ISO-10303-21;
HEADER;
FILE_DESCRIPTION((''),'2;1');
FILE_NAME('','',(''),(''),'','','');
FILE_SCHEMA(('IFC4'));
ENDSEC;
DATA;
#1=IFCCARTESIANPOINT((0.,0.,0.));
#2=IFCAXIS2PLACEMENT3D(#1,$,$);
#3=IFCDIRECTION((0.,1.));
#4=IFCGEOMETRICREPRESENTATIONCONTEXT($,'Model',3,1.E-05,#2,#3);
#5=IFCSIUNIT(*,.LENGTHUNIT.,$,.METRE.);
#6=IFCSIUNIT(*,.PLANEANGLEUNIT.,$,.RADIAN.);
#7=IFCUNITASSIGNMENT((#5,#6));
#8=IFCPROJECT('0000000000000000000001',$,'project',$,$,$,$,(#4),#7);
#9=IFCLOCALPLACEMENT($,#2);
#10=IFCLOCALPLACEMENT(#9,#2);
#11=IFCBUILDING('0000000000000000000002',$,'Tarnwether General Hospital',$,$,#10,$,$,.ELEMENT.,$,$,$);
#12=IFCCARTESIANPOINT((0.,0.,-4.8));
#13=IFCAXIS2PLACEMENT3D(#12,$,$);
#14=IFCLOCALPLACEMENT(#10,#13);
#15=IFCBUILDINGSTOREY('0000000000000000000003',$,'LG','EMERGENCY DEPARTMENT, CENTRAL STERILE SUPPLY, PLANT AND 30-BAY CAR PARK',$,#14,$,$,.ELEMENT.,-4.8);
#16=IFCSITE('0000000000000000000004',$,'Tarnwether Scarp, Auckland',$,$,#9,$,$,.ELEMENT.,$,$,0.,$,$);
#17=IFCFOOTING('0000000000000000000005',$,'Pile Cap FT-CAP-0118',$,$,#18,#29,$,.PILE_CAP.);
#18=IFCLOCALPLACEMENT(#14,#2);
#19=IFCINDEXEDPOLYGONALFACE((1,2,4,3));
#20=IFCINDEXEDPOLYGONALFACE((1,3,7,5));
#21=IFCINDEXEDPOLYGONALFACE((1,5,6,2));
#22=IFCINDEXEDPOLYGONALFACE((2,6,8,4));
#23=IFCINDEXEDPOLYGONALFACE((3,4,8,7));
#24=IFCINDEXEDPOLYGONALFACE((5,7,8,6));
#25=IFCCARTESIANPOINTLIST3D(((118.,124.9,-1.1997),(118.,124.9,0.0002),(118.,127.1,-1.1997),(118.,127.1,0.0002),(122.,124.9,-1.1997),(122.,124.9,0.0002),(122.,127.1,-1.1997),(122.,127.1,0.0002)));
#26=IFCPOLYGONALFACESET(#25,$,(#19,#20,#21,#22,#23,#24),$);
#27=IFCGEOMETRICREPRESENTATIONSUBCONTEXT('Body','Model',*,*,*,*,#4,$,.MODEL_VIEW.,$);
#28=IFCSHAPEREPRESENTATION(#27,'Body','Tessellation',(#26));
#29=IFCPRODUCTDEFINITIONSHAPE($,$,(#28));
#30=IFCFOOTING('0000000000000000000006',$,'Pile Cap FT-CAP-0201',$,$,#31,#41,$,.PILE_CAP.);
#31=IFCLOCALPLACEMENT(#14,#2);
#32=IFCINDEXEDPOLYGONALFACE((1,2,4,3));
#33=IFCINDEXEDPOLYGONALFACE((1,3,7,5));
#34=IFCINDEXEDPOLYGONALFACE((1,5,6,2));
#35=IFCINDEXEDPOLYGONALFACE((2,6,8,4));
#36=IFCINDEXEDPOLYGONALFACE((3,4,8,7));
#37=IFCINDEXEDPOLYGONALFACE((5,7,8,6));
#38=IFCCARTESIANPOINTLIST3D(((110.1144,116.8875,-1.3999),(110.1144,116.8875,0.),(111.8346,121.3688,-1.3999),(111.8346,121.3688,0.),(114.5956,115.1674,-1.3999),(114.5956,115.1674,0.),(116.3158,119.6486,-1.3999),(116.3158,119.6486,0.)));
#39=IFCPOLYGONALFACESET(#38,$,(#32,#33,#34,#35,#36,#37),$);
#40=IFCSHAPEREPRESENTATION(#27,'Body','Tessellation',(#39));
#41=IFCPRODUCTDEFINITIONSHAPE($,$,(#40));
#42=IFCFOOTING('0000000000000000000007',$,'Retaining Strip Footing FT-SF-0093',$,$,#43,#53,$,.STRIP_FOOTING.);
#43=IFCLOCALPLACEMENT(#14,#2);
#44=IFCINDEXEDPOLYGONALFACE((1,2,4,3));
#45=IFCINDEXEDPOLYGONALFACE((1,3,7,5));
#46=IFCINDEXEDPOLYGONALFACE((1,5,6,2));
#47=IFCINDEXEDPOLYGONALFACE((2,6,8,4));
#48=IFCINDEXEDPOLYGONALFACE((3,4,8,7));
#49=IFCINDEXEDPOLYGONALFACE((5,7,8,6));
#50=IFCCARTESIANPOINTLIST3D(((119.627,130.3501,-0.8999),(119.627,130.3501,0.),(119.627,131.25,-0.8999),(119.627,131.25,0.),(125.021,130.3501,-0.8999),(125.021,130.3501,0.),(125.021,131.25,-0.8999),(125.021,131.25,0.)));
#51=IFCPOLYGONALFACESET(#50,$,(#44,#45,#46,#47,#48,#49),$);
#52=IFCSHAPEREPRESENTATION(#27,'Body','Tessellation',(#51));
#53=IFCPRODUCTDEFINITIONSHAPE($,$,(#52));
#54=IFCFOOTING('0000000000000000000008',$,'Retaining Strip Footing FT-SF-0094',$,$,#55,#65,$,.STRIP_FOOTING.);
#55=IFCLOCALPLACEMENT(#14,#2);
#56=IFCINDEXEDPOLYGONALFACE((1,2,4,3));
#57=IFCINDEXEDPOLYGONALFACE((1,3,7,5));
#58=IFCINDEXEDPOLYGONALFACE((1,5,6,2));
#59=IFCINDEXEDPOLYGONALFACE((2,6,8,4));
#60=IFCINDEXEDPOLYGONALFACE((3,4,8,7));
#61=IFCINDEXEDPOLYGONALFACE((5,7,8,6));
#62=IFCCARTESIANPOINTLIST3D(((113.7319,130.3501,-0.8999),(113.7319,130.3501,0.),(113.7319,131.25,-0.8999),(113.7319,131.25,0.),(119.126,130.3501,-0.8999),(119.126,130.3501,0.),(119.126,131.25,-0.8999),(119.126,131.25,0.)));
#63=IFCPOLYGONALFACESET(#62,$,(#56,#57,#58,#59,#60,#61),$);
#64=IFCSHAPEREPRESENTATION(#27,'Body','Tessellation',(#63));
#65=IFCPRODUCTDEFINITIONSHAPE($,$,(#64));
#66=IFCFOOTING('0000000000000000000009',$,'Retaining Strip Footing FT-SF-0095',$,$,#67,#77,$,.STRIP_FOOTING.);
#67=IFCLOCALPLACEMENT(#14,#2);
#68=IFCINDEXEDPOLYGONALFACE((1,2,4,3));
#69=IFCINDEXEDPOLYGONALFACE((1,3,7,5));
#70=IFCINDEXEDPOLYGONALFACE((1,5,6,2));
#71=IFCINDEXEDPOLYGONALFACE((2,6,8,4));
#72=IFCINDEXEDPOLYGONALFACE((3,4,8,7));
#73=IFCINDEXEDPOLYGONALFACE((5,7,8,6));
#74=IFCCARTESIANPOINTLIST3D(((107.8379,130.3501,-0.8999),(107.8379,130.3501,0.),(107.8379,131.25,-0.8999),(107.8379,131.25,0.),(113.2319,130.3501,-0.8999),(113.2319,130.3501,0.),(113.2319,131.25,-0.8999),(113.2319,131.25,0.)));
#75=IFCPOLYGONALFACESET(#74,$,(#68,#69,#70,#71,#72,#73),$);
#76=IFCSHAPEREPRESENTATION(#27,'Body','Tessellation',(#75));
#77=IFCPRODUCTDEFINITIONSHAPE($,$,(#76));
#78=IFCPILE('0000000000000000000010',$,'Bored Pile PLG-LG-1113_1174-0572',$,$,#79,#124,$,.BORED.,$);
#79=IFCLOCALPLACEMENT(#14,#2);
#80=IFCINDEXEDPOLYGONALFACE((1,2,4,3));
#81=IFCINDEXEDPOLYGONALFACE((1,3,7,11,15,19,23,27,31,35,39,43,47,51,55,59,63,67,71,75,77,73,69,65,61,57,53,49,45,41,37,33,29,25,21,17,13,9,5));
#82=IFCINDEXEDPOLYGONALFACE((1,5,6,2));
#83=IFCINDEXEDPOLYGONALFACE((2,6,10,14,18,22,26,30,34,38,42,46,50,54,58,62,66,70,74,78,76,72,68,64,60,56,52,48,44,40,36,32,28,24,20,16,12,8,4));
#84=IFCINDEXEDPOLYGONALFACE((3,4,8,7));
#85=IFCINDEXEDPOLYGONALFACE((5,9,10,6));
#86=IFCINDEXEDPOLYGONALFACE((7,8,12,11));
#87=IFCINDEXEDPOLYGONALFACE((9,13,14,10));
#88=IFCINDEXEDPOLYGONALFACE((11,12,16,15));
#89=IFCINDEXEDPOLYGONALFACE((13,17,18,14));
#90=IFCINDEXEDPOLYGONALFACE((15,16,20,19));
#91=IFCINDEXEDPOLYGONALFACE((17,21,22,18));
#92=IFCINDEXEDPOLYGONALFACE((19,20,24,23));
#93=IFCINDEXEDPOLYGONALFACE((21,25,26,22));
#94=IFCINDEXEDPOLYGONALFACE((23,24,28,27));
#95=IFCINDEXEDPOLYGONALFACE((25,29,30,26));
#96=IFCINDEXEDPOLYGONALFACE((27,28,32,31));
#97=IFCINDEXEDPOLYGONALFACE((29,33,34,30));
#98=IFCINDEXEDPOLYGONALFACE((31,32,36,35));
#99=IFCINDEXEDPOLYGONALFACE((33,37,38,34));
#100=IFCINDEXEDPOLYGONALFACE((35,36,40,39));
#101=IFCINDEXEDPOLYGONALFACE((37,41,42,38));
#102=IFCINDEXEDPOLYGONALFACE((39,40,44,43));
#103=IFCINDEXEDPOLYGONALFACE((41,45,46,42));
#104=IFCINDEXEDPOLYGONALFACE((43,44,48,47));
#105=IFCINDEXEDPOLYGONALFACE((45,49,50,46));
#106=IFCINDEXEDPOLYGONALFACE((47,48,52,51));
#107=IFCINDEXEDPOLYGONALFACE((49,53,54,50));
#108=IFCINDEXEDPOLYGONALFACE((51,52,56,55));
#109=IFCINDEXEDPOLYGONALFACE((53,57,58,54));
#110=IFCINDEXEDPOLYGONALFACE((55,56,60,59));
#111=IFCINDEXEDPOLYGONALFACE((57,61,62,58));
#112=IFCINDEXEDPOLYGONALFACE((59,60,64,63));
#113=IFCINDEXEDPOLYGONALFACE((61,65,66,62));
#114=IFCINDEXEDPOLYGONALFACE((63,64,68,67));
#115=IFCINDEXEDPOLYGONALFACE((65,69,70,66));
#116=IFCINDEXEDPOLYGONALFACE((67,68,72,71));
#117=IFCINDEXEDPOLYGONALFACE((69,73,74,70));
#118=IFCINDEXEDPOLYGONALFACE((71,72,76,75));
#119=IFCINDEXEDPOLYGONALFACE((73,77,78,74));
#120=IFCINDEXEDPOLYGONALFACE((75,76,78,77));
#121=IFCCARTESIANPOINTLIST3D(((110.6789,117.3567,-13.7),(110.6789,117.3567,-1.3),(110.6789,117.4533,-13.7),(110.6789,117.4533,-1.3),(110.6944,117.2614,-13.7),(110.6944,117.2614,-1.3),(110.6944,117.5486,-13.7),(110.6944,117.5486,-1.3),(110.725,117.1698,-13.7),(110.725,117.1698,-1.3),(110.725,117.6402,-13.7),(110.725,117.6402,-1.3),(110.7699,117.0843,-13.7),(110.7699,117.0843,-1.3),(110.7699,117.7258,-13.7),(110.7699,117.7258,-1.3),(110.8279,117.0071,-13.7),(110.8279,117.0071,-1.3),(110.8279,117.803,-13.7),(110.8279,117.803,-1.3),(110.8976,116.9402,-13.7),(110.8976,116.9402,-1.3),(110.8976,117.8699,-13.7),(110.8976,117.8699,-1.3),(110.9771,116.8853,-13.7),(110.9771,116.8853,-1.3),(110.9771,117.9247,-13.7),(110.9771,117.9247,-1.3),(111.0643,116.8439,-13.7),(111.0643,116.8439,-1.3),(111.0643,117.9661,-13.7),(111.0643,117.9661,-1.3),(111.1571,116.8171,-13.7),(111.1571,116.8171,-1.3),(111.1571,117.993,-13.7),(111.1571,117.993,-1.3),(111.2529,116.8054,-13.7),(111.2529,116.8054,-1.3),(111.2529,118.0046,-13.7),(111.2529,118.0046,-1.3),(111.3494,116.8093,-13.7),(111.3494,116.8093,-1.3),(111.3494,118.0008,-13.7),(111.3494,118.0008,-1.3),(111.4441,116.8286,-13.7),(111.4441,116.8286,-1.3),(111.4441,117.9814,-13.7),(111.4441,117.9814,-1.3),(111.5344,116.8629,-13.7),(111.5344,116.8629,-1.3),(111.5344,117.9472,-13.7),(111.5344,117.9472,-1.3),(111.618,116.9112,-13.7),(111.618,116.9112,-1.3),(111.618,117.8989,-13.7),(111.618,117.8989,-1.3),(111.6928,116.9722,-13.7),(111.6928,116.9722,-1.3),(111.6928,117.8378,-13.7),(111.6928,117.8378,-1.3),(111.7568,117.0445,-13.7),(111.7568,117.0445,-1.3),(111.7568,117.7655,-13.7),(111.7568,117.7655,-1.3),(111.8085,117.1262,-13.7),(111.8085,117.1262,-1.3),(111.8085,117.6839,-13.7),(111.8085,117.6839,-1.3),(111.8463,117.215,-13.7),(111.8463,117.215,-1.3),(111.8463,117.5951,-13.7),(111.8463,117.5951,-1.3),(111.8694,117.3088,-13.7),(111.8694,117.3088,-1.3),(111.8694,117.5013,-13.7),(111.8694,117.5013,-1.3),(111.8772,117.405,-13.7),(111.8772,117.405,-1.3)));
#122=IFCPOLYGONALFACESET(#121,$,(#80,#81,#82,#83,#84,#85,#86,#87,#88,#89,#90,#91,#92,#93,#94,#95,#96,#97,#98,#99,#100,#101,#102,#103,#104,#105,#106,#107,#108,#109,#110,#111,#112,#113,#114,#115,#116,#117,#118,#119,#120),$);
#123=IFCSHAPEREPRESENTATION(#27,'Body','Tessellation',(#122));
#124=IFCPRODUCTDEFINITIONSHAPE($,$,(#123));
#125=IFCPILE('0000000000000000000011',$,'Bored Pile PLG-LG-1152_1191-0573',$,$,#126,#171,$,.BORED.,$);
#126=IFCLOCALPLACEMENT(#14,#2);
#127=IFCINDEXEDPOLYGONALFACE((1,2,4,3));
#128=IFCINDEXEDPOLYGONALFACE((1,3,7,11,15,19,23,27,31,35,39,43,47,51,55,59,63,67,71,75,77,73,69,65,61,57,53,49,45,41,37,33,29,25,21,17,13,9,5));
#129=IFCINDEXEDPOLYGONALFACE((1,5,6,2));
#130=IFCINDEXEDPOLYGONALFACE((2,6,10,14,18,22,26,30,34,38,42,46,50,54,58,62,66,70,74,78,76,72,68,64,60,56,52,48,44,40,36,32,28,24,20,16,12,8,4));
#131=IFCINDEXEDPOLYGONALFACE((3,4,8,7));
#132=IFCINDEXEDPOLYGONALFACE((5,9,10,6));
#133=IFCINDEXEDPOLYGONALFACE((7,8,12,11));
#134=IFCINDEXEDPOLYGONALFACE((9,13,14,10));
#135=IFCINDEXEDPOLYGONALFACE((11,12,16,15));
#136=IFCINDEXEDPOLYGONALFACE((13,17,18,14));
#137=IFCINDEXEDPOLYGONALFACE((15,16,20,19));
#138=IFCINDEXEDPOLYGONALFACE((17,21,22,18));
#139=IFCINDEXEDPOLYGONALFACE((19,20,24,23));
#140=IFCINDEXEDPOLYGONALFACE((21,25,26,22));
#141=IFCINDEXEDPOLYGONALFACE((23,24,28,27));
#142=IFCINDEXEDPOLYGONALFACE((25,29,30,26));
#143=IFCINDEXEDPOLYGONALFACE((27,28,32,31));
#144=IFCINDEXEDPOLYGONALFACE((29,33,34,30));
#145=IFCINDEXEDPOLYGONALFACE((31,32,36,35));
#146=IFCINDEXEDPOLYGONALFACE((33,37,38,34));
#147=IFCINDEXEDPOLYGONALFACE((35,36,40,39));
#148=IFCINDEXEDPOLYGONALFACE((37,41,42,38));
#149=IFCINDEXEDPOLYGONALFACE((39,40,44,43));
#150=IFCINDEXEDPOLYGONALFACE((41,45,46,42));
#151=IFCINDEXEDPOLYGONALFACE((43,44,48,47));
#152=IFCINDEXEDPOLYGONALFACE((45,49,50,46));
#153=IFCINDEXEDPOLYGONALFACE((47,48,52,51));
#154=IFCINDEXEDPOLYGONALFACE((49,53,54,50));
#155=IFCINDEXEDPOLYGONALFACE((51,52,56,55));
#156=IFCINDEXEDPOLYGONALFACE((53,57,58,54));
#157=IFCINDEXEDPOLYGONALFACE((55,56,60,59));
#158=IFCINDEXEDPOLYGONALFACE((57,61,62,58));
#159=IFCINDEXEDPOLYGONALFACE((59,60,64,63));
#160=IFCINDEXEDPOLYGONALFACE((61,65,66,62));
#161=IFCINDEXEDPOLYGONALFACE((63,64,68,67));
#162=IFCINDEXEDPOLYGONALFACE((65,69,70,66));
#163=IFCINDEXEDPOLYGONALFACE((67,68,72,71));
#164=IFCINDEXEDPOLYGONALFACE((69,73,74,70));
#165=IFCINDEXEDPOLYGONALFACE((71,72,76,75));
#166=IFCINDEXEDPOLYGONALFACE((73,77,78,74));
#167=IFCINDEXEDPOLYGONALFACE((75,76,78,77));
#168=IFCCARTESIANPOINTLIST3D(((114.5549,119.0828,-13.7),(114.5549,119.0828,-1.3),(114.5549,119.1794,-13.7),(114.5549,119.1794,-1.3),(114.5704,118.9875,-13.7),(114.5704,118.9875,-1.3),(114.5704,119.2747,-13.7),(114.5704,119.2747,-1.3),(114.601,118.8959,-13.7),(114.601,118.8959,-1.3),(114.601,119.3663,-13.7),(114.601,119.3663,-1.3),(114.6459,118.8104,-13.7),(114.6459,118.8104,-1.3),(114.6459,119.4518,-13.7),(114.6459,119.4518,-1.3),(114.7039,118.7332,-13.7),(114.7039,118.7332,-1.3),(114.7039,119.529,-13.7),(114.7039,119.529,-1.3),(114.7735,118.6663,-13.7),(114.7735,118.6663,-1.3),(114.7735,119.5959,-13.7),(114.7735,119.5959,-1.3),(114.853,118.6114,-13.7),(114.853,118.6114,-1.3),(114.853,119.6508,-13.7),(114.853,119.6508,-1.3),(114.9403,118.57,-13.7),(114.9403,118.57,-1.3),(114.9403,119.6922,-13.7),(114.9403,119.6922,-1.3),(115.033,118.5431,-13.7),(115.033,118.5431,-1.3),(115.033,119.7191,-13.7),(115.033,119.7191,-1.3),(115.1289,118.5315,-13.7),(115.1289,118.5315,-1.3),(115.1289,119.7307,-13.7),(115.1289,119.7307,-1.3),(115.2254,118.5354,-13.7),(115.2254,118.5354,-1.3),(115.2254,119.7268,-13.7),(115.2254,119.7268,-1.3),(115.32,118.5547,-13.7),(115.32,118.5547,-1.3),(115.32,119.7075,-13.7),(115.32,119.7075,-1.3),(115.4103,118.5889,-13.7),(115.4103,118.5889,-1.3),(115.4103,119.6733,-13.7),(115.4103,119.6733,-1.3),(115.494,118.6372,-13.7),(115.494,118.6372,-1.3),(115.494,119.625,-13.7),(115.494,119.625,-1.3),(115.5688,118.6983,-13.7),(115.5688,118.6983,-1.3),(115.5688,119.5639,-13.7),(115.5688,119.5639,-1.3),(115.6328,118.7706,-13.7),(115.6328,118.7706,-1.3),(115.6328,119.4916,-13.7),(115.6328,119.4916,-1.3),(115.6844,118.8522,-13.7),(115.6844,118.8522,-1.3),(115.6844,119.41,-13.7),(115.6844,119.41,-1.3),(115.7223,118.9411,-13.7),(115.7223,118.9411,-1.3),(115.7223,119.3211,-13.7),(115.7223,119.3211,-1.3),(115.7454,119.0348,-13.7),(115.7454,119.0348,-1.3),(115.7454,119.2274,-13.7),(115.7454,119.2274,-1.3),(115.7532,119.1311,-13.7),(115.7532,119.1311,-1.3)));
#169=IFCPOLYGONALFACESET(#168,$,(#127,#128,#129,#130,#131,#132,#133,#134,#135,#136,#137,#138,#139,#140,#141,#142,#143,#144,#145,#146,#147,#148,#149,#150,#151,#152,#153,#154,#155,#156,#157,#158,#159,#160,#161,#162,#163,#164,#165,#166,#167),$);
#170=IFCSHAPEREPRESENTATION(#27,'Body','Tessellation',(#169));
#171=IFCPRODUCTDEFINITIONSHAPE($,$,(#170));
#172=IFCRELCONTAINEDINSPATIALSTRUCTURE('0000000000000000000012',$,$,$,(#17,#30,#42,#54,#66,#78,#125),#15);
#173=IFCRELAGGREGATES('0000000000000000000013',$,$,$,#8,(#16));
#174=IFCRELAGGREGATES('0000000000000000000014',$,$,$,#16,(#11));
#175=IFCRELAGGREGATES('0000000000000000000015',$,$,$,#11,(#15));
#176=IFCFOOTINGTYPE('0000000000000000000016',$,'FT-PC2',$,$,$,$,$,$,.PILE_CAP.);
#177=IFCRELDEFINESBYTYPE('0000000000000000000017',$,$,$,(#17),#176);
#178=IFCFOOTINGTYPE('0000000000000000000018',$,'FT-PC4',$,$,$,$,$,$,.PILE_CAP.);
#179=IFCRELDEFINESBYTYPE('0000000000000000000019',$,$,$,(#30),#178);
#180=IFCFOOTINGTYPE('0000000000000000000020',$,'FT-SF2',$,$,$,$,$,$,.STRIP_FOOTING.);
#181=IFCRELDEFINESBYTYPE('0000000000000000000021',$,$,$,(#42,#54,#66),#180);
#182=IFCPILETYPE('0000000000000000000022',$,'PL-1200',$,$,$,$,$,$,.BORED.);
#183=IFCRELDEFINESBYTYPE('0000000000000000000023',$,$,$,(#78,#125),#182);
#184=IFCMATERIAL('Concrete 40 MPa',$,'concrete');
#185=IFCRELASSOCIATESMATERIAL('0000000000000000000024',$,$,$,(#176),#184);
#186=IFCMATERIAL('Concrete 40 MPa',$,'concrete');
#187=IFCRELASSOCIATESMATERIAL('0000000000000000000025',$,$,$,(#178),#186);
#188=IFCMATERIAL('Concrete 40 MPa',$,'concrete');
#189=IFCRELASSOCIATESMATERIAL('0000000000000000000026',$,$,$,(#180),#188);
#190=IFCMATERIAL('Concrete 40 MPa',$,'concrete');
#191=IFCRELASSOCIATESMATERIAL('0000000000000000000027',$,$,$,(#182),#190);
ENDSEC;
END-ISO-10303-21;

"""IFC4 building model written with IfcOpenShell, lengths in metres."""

from ifc_helpers import new_model, si_unit, direction, frame, origin, origin_2d, place, context, subcontext, project, spatial, rectangle, circle, extrude, material, material_profile, profile_set, type_object, element, save


model = new_model("IFC4")

# Units and contexts
model_context = context("Model", 3, precision=1e-05, world=origin(), true_north=direction((0.0, 1.0)))
body_context = subcontext(model_context, "Body", "Model", "MODEL_VIEW")
ifc_project = project(units=[si_unit("LENGTHUNIT", "METRE"), si_unit("PLANEANGLEUNIT", "RADIAN")], contexts=[model_context])

# Site, building, storey
site_placement = place(None, origin())
site = spatial("IfcSite", under=ifc_project, at=site_placement, Name="Tarnwether Scarp, Auckland", CompositionType="ELEMENT", RefElevation=0.0)
building_placement = place(site_placement, origin())
building = spatial("IfcBuilding", under=site, at=building_placement, Name="Tarnwether General Hospital", CompositionType="ELEMENT")
storey_placement = place(building_placement, frame((0.0, 0.0, -4.8)))
storey = spatial("IfcBuildingStorey", under=building, at=storey_placement, Name="LG", Description="EMERGENCY DEPARTMENT, CENTRAL STERILE SUPPLY, PLANT AND 30-BAY CAR PARK", CompositionType="ELEMENT", Elevation=-4.8)

# Footings
ifc_material_1 = material(Name="Concrete 40 MPa", Category="concrete")
footing_type_1 = type_object("IfcFootingType", Name="FT-PC2", PredefinedType="PILE_CAP", material=ifc_material_1)
footing_1_placement = place(storey_placement, frame((120.0, 126.0, -1.1997), z_axis=(0.0, 0.0, 1.0), x_axis=(1.0, 0.0, 0.0)))
element("IfcFooting", 1, at=footing_1_placement, inside=storey, type_object=footing_type_1, Name="Pile Cap FT-CAP-0118", PredefinedType="PILE_CAP", context=body_context, shape_type="SweptSolid", body=[
    extrude(rectangle(XDim=4.0, YDim=2.2, at=origin_2d()), origin(), (0.0, 0.0, 1.0), 1.2),
])
ifc_material_2 = material(Name="Concrete 40 MPa", Category="concrete")
footing_type_2 = type_object("IfcFootingType", Name="FT-PC4", PredefinedType="PILE_CAP", material=ifc_material_2)
footing_2_placement = place(storey_placement, frame((113.2151, 118.2681, -1.3999), z_axis=(0.0, 0.0, 1.0), x_axis=(0.358368, 0.93358, 0.0)))
element("IfcFooting", 2, at=footing_2_placement, inside=storey, type_object=footing_type_2, Name="Pile Cap FT-CAP-0201", PredefinedType="PILE_CAP", context=body_context, shape_type="SweptSolid", body=[
    extrude(rectangle(XDim=4.8, YDim=4.8, at=origin_2d()), origin(), (0.0, 0.0, 1.0), 1.3999),
])
ifc_material_3 = material(Name="Concrete 40 MPa", Category="concrete")
footing_type_3 = type_object("IfcFootingType", Name="FT-SF2", PredefinedType="STRIP_FOOTING", material=ifc_material_3)
for number, where, z_axis, x_axis, name in (
    (3, (122.324, 130.8, -0.8999), (0.0, 0.0, 1.0), (-1.0, 0.0, 0.0), "Retaining Strip Footing FT-SF-0093"),
    (4, (116.429, 130.8, -0.8999), (0.0, 0.0, 1.0), (-1.0, 0.0, 0.0), "Retaining Strip Footing FT-SF-0094"),
    (5, (110.5349, 130.8, -0.8999), (0.0, 0.0, 1.0), (-1.0, 0.0, 0.0), "Retaining Strip Footing FT-SF-0095"),
):
    element("IfcFooting", number, at=place(storey_placement, frame(where, z_axis=z_axis, x_axis=x_axis)), inside=storey, type_object=footing_type_3, Name=name, PredefinedType="STRIP_FOOTING", context=body_context, shape_type="SweptSolid", body=[
        extrude(rectangle(XDim=5.394, YDim=0.8999, at=origin_2d()), origin(), (0.0, 0.0, 1.0), 0.8999),
    ])

# Piles
ifc_material_4 = material(Name="Concrete 40 MPa", Category="concrete")
ifc_material_profile_1 = material_profile(ifc_material_4, circle(Radius=0.6001, at=origin_2d()), Name="PILE-D1200")
ifc_profile_set_1 = profile_set([ifc_material_profile_1], Name="Concrete 40 MPa")
pile_type_1 = type_object("IfcPileType", Name="PL-1200", PredefinedType="BORED", material=ifc_profile_set_1)
for number, where, z_axis, x_axis, name in (
    (6, (111.2771, 117.405, -1.3), (0.0, 0.0, -1.0), (1.0, 0.0, 0.0), "Bored Pile PLG-LG-1113_1174-0572"),
    (7, (115.1531, 119.1311, -1.3), (0.0, 0.0, -1.0), (1.0, 0.0, 0.0), "Bored Pile PLG-LG-1152_1191-0573"),
):
    element("IfcPile", number, at=place(storey_placement, frame(where, z_axis=z_axis, x_axis=x_axis)), inside=storey, type_object=pile_type_1, Name=name, PredefinedType="BORED", context=body_context, shape_type="SweptSolid", body=[
        extrude(circle(Radius=0.6001, at=origin_2d()), origin(), (0.0, 0.0, 1.0), 12.3999),
    ])

save(model, "model.ifc")
